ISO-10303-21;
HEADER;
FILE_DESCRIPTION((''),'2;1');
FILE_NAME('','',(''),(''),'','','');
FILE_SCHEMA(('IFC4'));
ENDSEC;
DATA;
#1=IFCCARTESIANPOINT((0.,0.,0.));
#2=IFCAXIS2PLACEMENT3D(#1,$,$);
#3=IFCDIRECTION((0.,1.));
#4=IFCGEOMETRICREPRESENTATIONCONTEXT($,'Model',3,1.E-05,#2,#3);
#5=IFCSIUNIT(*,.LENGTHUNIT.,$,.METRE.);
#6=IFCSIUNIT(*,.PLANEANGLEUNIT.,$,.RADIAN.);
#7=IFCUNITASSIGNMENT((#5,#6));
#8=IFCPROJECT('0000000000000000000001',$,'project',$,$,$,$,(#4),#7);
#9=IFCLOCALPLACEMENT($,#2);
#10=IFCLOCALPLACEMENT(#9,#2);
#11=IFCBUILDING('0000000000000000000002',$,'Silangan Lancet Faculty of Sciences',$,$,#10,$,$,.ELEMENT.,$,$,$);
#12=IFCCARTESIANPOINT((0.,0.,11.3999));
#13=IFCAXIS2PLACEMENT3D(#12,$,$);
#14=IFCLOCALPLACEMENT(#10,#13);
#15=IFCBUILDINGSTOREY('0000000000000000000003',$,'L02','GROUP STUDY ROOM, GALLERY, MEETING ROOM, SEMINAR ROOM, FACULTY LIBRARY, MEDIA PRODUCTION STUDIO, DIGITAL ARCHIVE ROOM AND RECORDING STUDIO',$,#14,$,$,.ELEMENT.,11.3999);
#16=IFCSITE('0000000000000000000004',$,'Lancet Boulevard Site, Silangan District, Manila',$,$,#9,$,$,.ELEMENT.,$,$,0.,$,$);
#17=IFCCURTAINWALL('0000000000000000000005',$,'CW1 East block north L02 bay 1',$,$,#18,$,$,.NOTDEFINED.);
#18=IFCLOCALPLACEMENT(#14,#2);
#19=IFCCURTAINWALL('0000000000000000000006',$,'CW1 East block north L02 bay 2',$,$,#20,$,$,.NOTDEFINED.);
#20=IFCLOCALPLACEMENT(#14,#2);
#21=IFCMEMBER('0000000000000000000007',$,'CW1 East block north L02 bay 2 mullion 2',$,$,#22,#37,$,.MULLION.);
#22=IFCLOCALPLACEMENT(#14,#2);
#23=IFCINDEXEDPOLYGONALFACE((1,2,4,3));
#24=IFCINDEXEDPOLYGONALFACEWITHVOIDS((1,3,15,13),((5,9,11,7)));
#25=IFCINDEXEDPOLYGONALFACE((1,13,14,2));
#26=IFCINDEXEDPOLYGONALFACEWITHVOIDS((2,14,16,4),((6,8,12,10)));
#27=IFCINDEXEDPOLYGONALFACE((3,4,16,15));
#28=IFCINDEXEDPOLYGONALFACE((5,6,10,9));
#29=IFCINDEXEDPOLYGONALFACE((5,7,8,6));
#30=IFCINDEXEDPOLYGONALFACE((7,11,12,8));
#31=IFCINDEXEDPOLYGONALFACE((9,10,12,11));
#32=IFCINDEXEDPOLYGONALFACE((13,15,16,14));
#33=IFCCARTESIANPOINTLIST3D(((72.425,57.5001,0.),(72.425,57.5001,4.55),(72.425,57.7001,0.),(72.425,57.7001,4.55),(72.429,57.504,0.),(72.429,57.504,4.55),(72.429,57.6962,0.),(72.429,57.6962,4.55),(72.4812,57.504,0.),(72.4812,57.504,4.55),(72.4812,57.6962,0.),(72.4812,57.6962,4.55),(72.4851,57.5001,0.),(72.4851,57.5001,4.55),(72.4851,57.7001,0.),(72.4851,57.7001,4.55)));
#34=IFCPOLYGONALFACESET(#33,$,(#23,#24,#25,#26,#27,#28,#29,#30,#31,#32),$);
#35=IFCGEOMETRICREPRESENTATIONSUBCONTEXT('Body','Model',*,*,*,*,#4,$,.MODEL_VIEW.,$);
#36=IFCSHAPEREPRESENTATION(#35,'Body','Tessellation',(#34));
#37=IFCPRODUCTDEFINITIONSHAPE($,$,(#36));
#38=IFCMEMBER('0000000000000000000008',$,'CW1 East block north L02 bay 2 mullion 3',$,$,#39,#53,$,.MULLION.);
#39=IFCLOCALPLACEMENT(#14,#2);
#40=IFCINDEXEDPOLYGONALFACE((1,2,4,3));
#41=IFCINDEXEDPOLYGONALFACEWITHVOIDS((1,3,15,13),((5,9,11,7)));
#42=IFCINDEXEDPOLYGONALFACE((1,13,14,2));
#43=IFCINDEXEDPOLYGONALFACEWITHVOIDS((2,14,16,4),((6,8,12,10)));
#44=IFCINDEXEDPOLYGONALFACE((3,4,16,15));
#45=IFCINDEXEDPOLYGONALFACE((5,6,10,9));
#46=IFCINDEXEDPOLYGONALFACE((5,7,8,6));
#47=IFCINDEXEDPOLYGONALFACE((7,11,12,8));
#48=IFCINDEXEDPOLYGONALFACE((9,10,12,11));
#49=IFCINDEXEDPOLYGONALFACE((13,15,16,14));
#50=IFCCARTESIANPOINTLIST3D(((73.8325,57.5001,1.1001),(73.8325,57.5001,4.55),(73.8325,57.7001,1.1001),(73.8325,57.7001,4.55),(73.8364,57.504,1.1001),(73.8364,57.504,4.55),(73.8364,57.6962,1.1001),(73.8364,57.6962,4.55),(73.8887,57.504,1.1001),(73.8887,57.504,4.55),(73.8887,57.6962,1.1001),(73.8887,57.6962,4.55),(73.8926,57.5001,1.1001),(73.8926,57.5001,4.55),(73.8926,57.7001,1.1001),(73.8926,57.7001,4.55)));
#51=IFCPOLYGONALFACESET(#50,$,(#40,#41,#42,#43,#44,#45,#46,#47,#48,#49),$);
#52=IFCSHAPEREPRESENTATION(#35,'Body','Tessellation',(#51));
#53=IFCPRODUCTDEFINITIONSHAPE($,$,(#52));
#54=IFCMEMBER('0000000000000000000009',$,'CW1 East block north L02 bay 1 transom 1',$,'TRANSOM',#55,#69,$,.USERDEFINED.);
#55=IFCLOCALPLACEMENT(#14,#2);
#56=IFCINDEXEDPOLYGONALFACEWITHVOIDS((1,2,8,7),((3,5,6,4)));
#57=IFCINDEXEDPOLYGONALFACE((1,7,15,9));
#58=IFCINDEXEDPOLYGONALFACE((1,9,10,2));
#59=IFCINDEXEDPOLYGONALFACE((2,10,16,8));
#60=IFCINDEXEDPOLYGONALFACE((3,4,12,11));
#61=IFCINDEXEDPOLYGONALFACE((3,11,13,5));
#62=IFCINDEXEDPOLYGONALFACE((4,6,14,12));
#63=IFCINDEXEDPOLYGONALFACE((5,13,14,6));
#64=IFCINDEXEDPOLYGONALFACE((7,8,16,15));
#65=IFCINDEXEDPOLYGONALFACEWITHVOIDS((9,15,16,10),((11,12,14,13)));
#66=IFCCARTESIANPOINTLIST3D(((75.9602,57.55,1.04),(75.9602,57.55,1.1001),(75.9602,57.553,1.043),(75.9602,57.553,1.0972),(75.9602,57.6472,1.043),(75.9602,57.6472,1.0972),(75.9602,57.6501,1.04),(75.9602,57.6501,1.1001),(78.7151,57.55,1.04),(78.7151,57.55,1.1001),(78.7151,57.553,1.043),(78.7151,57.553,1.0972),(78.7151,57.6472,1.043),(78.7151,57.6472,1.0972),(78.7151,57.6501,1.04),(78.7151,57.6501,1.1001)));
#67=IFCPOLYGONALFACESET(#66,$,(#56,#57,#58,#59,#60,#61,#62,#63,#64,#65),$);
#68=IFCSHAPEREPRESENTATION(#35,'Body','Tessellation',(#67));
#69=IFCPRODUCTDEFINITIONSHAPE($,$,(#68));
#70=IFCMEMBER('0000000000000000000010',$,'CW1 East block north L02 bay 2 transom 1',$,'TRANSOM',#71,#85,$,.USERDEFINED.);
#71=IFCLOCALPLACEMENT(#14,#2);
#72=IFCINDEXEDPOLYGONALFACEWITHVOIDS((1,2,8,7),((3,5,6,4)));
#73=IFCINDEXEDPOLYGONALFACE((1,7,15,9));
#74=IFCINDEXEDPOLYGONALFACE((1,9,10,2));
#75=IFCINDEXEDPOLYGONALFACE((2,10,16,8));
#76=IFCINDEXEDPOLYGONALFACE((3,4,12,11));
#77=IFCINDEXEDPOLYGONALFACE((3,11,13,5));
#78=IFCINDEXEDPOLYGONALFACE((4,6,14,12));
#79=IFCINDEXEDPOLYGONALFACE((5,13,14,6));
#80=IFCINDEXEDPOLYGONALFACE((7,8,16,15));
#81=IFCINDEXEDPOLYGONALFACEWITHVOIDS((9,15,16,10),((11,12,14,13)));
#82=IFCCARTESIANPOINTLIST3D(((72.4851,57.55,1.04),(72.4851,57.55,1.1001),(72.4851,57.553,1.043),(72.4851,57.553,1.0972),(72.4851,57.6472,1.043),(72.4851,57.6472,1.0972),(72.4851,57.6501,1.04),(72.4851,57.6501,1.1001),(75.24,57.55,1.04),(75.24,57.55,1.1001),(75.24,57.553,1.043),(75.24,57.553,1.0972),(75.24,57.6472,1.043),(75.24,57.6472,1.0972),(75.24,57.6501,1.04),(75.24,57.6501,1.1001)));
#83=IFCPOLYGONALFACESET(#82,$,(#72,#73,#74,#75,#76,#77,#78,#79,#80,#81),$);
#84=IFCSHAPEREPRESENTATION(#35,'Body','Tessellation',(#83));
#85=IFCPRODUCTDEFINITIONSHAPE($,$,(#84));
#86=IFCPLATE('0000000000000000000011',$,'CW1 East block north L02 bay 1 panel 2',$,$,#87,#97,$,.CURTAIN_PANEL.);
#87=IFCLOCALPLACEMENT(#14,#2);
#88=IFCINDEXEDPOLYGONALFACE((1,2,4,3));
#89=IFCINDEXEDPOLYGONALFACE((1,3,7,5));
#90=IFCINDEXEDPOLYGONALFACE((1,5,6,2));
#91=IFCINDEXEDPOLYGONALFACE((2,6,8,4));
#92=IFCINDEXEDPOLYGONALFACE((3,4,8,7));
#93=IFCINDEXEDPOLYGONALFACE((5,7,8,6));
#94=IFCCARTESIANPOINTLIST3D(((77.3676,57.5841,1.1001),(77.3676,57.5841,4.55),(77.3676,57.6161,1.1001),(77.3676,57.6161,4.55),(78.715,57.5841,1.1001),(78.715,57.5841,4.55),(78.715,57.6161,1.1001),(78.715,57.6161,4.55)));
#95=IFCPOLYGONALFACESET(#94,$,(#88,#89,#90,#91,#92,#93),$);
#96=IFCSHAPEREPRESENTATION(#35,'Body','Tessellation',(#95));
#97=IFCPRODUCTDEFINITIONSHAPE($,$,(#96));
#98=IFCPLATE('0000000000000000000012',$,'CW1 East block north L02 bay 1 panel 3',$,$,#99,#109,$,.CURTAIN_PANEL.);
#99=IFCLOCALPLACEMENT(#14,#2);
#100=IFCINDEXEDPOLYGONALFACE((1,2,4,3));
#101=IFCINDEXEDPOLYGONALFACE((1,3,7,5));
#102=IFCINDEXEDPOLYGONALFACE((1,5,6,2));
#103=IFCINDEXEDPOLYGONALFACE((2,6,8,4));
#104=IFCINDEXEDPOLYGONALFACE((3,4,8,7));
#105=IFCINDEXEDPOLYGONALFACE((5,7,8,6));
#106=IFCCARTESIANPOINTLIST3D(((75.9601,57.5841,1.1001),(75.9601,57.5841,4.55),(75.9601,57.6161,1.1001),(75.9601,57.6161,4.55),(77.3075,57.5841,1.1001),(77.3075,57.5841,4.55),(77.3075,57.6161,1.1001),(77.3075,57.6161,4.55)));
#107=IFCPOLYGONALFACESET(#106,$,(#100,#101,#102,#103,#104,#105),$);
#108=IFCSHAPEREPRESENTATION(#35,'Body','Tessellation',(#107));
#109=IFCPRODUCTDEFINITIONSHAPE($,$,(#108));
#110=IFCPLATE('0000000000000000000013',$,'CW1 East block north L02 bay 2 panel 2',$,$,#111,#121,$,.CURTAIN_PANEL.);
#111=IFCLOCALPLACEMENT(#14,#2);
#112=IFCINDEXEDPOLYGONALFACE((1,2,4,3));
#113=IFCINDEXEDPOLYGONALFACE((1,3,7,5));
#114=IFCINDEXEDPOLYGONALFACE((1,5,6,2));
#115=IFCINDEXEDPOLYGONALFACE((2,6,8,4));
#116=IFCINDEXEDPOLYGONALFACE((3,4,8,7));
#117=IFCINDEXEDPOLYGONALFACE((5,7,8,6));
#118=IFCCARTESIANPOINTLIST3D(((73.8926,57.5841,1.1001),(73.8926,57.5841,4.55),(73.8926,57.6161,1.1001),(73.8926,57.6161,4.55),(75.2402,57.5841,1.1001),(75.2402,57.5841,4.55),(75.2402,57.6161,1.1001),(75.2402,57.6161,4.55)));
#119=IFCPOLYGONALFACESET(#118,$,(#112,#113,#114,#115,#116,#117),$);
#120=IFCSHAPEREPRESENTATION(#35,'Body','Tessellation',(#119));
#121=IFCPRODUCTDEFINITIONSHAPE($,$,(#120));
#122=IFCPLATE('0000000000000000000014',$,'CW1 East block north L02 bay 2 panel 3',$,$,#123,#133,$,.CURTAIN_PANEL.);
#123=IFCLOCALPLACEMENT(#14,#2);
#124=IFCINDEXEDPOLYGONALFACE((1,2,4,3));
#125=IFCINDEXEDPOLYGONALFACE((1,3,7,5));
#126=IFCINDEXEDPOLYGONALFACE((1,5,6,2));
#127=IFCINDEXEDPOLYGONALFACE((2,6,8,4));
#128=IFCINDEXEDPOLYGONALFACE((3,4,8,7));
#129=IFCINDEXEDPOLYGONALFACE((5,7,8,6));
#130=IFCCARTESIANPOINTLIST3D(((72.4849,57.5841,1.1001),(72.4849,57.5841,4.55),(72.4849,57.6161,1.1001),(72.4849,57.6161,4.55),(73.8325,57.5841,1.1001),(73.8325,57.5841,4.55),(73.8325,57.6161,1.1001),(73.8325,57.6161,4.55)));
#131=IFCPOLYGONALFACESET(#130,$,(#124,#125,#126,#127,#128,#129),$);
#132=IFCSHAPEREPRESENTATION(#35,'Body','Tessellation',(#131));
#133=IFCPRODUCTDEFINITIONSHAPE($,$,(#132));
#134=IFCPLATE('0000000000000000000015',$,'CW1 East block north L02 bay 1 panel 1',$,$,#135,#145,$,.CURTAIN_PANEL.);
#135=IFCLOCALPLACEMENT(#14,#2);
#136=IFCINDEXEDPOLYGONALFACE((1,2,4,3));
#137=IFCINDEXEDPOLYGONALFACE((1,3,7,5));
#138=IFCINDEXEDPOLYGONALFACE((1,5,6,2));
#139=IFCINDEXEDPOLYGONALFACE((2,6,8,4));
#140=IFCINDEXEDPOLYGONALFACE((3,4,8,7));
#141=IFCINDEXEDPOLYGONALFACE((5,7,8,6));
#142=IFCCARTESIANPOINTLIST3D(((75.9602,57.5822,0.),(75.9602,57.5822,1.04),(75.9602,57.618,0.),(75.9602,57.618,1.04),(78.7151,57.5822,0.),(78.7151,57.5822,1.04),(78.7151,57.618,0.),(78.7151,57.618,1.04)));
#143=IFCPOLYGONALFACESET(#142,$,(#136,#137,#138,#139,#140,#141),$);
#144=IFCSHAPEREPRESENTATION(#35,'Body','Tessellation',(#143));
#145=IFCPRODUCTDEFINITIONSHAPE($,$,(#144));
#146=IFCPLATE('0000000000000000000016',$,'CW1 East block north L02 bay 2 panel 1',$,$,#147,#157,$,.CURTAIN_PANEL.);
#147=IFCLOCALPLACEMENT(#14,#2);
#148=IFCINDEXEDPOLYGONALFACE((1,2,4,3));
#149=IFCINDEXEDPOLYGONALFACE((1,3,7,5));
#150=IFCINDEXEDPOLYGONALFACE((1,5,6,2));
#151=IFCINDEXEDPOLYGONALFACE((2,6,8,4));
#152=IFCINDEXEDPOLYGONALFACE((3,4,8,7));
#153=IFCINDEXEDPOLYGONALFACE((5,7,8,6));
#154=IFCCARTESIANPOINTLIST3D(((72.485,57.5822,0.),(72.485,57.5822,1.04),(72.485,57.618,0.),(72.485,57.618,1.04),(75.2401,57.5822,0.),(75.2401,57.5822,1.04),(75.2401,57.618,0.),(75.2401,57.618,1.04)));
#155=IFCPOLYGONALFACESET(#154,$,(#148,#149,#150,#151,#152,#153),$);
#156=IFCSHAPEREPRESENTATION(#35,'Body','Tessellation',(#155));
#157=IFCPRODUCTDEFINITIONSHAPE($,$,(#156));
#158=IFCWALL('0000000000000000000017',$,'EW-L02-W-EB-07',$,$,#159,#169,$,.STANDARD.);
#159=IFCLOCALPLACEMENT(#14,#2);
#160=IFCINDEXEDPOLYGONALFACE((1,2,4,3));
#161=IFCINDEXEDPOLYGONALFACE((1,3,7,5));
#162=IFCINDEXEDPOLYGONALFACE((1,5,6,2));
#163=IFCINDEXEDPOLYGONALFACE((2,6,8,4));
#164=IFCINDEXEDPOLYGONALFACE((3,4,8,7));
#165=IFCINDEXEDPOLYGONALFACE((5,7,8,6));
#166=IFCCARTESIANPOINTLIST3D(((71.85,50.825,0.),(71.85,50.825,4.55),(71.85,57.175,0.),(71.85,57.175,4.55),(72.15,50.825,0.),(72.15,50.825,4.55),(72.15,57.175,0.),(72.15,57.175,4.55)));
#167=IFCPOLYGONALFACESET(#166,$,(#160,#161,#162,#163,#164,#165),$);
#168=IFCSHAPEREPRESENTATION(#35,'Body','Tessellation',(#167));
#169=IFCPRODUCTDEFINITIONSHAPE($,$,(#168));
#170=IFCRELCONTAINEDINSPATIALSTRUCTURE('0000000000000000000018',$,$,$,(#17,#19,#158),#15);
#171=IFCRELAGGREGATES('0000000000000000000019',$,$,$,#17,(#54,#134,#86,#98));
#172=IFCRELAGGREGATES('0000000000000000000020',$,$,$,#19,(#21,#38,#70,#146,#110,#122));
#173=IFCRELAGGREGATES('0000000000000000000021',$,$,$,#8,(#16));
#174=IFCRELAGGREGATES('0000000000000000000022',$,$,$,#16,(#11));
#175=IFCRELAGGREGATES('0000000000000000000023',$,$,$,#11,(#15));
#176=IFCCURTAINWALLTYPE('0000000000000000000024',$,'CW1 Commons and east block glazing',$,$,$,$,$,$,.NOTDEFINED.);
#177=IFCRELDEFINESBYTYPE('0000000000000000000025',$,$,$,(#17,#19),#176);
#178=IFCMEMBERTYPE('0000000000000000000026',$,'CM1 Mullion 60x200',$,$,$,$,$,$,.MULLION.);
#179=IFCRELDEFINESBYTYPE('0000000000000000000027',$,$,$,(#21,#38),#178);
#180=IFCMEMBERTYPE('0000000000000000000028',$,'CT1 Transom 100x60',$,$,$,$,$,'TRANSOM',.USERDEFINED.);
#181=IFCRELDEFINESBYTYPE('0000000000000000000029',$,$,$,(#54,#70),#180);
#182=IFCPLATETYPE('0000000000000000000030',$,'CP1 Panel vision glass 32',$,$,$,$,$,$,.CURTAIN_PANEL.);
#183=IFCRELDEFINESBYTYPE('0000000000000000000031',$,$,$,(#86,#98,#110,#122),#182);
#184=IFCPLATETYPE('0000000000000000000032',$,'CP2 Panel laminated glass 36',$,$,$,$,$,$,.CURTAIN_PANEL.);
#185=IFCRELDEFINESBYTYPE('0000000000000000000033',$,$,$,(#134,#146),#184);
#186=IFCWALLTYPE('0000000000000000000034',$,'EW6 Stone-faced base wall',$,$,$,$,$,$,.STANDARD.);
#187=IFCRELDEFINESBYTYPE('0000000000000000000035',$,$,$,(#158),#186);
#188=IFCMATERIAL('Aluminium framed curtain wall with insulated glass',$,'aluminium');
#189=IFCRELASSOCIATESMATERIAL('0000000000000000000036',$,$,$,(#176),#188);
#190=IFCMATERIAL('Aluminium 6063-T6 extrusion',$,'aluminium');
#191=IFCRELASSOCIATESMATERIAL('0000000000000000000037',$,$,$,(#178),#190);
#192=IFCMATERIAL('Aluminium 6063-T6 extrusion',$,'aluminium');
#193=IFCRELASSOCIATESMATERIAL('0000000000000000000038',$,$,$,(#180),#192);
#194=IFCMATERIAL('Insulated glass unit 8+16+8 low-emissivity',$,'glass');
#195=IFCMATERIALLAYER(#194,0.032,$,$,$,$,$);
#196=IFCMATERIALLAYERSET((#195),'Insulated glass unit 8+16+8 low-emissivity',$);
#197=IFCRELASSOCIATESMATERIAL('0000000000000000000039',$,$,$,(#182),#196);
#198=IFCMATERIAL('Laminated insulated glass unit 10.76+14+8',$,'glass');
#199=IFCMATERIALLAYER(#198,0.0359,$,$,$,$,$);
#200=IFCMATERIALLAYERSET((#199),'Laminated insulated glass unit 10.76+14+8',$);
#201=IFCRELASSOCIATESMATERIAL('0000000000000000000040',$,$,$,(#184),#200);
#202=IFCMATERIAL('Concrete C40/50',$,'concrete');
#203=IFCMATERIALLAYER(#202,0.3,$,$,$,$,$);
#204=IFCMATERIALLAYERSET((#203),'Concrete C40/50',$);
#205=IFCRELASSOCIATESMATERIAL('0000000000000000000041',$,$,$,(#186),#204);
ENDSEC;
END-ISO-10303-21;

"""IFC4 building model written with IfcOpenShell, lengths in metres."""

from ifc_helpers import new_model, si_unit, direction, frame, frame_2d, origin, origin_2d, place, context, subcontext, project, spatial, rectangle, hollow_rectangle, extrude, material, layer, layer_set, material_profile, profile_set, type_object, element, aggregate, save


model = new_model("IFC4")

# Units and contexts
model_context = context("Model", 3, precision=1e-05, world=origin(), true_north=direction((0.0, 1.0)))
body_context = subcontext(model_context, "Body", "Model", "MODEL_VIEW")
ifc_project = project(units=[si_unit("LENGTHUNIT", "METRE"), si_unit("PLANEANGLEUNIT", "RADIAN")], contexts=[model_context])

# Site, building, storey
site_placement = place(None, origin())
site = spatial("IfcSite", under=ifc_project, at=site_placement, Name="Lancet Boulevard Site, Silangan District, Manila", CompositionType="ELEMENT", RefElevation=0.0)
building_placement = place(site_placement, origin())
building = spatial("IfcBuilding", under=site, at=building_placement, Name="Silangan Lancet Faculty of Sciences", CompositionType="ELEMENT")
storey_placement = place(building_placement, frame((0.0, 0.0, 11.3999)))
storey = spatial("IfcBuildingStorey", under=building, at=storey_placement, Name="L02", Description="GROUP STUDY ROOM, GALLERY, MEETING ROOM, SEMINAR ROOM, FACULTY LIBRARY, MEDIA PRODUCTION STUDIO, DIGITAL ARCHIVE ROOM AND RECORDING STUDIO", CompositionType="ELEMENT", Elevation=11.3999)

# Curtain walls, members
ifc_material_1 = material(Name="Aluminium framed curtain wall with insulated glass", Category="aluminium")
curtain_wall_type = type_object("IfcCurtainWallType", Name="CW1 Commons and east block glazing", PredefinedType="NOTDEFINED", material=ifc_material_1)
curtain_wall_1_placement = place(storey_placement, origin())
curtain_wall_1 = element("IfcCurtainWall", 1, at=curtain_wall_1_placement, inside=storey, type_object=curtain_wall_type, Name="CW1 East block north L02 bay 1", PredefinedType="NOTDEFINED")
ifc_material_2 = material(Name="Aluminium 6063-T6 extrusion", Category="aluminium")
ifc_material_profile_1 = material_profile(ifc_material_2, hollow_rectangle(XDim=0.0601, YDim=0.2, WallThickness=0.0039, at=origin_2d()), Name="AL BOX 60x200x4")
ifc_profile_set_1 = profile_set([ifc_material_profile_1], Name="Aluminium 6063-T6 extrusion")
member_type_1 = type_object("IfcMemberType", Name="CM1 Mullion 60x200", PredefinedType="MULLION", material=ifc_profile_set_1)
curtain_wall_2_placement = place(storey_placement, origin())
curtain_wall_2 = element("IfcCurtainWall", 2, at=curtain_wall_2_placement, inside=storey, type_object=curtain_wall_type, Name="CW1 East block north L02 bay 2", PredefinedType="NOTDEFINED")
member_1_placement = place(storey_placement, frame((72.4551, 57.6001, 0.0), z_axis=(0.0, 0.0, 1.0), x_axis=(-1.0, 0.0, 0.0)))
member_1 = element("IfcMember", 3, at=member_1_placement, type_object=member_type_1, Name="CW1 East block north L02 bay 2 mullion 2", PredefinedType="MULLION", context=body_context, shape_type="SweptSolid", body=[
    extrude(hollow_rectangle(XDim=0.0601, YDim=0.2, WallThickness=0.0039, at=origin_2d()), origin(), (0.0, 0.0, 1.0), 4.55),
])
member_2_placement = place(storey_placement, frame((73.8625, 57.6001, 1.1001), z_axis=(0.0, 0.0, 1.0), x_axis=(-1.0, 0.0, 0.0)))
member_2 = element("IfcMember", 4, at=member_2_placement, type_object=member_type_1, Name="CW1 East block north L02 bay 2 mullion 3", PredefinedType="MULLION", context=body_context, shape_type="SweptSolid", body=[
    extrude(hollow_rectangle(XDim=0.0601, YDim=0.2, WallThickness=0.0039, at=origin_2d()), origin(), (0.0, 0.0, 1.0), 3.45),
])

# Members
ifc_material_3 = material(Name="Aluminium 6063-T6 extrusion", Category="aluminium")
ifc_material_profile_2 = material_profile(ifc_material_3, hollow_rectangle(XDim=0.1001, YDim=0.0601, WallThickness=0.0029, at=origin_2d()), Name="AL BOX 100x60x3")
ifc_profile_set_2 = profile_set([ifc_material_profile_2], Name="Aluminium 6063-T6 extrusion")
member_type_2 = type_object("IfcMemberType", Name="CT1 Transom 100x60", ElementType="TRANSOM", PredefinedType="USERDEFINED", material=ifc_profile_set_2)
member_3_placement = place(storey_placement, frame((78.7151, 57.6001, 1.0701), z_axis=(-1.0, 0.0, 0.0), x_axis=(0.0, -1.0, 0.0)))
member_3 = element("IfcMember", 5, at=member_3_placement, type_object=member_type_2, Name="CW1 East block north L02 bay 1 transom 1", ObjectType="TRANSOM", PredefinedType="USERDEFINED", context=body_context, shape_type="SweptSolid", body=[
    extrude(hollow_rectangle(XDim=0.1001, YDim=0.0601, WallThickness=0.0029, at=origin_2d()), origin(), (0.0, 0.0, 1.0), 2.7549),
])
member_4_placement = place(storey_placement, frame((75.24, 57.6001, 1.0701), z_axis=(-1.0, 0.0, 0.0), x_axis=(0.0, -1.0, 0.0)))
member_4 = element("IfcMember", 6, at=member_4_placement, type_object=member_type_2, Name="CW1 East block north L02 bay 2 transom 1", ObjectType="TRANSOM", PredefinedType="USERDEFINED", context=body_context, shape_type="SweptSolid", body=[
    extrude(hollow_rectangle(XDim=0.1001, YDim=0.0601, WallThickness=0.0029, at=origin_2d()), origin(), (0.0, 0.0, 1.0), 2.7549),
])

# Plates
ifc_material_4 = material(Name="Insulated glass unit 8+16+8 low-emissivity", Category="glass")
ifc_layer_1 = layer(ifc_material_4, 0.032)
ifc_layer_set_1 = layer_set([ifc_layer_1], Name="Insulated glass unit 8+16+8 low-emissivity")
plate_type_1 = type_object("IfcPlateType", Name="CP1 Panel vision glass 32", PredefinedType="CURTAIN_PANEL", material=ifc_layer_set_1)
plate_1_placement = place(storey_placement, frame((78.0413, 57.6001, 1.1001), z_axis=(0.0, 0.0, 1.0), x_axis=(-1.0, 0.0, 0.0)))
plate_1 = element("IfcPlate", 7, at=plate_1_placement, type_object=plate_type_1, Name="CW1 East block north L02 bay 1 panel 2", PredefinedType="CURTAIN_PANEL", context=body_context, shape_type="SweptSolid", body=[
    extrude(rectangle(XDim=1.3474, YDim=0.032, at=origin_2d()), origin(), (0.0, 0.0, 1.0), 3.45),
])
plate_2_placement = place(storey_placement, frame((76.6338, 57.6001, 1.1001), z_axis=(0.0, 0.0, 1.0), x_axis=(-1.0, 0.0, 0.0)))
plate_2 = element("IfcPlate", 8, at=plate_2_placement, type_object=plate_type_1, Name="CW1 East block north L02 bay 1 panel 3", PredefinedType="CURTAIN_PANEL", context=body_context, shape_type="SweptSolid", body=[
    extrude(rectangle(XDim=1.3474, YDim=0.032, at=origin_2d()), origin(), (0.0, 0.0, 1.0), 3.45),
])
plate_3_placement = place(storey_placement, frame((74.5664, 57.6001, 1.1001), z_axis=(0.0, 0.0, 1.0), x_axis=(-1.0, 0.0, 0.0)))
plate_3 = element("IfcPlate", 9, at=plate_3_placement, type_object=plate_type_1, Name="CW1 East block north L02 bay 2 panel 2", PredefinedType="CURTAIN_PANEL", context=body_context, shape_type="SweptSolid", body=[
    extrude(rectangle(XDim=1.3477, YDim=0.032, at=origin_2d()), origin(), (0.0, 0.0, 1.0), 3.45),
])
plate_4_placement = place(storey_placement, frame((73.1587, 57.6001, 1.1001), z_axis=(0.0, 0.0, 1.0), x_axis=(-1.0, 0.0, 0.0)))
plate_4 = element("IfcPlate", 10, at=plate_4_placement, type_object=plate_type_1, Name="CW1 East block north L02 bay 2 panel 3", PredefinedType="CURTAIN_PANEL", context=body_context, shape_type="SweptSolid", body=[
    extrude(rectangle(XDim=1.3477, YDim=0.032, at=origin_2d()), origin(), (0.0, 0.0, 1.0), 3.45),
])
ifc_material_5 = material(Name="Laminated insulated glass unit 10.76+14+8", Category="glass")
ifc_layer_2 = layer(ifc_material_5, 0.0359)
ifc_layer_set_2 = layer_set([ifc_layer_2], Name="Laminated insulated glass unit 10.76+14+8")
plate_type_2 = type_object("IfcPlateType", Name="CP2 Panel laminated glass 36", PredefinedType="CURTAIN_PANEL", material=ifc_layer_set_2)
plate_5_placement = place(storey_placement, frame((77.3376, 57.6001, 0.0), z_axis=(0.0, 0.0, 1.0), x_axis=(-1.0, 0.0, 0.0)))
plate_5 = element("IfcPlate", 11, at=plate_5_placement, type_object=plate_type_2, Name="CW1 East block north L02 bay 1 panel 1", PredefinedType="CURTAIN_PANEL", context=body_context, shape_type="SweptSolid", body=[
    extrude(rectangle(XDim=2.7549, YDim=0.0359, at=origin_2d()), origin(), (0.0, 0.0, 1.0), 1.04),
])
aggregate(curtain_wall_1, [member_3, plate_5, plate_1, plate_2])
plate_6_placement = place(storey_placement, frame((73.8625, 57.6001, 0.0), z_axis=(0.0, 0.0, 1.0), x_axis=(-1.0, 0.0, 0.0)))
plate_6 = element("IfcPlate", 12, at=plate_6_placement, type_object=plate_type_2, Name="CW1 East block north L02 bay 2 panel 1", PredefinedType="CURTAIN_PANEL", context=body_context, shape_type="SweptSolid", body=[
    extrude(rectangle(XDim=2.7551, YDim=0.0359, at=origin_2d()), origin(), (0.0, 0.0, 1.0), 1.04),
])
aggregate(curtain_wall_2, [member_1, member_2, member_4, plate_6, plate_3, plate_4])

# Wall
ifc_material_6 = material(Name="Concrete C40/50", Category="concrete")
ifc_layer_3 = layer(ifc_material_6, 0.3)
ifc_layer_set_3 = layer_set([ifc_layer_3], Name="Concrete C40/50")
wall_type_1 = type_object("IfcWallType", Name="EW6 Stone-faced base wall", PredefinedType="STANDARD", material=ifc_layer_set_3)
wall_1_placement = place(storey_placement, frame((72.0, 50.825, 0.0), z_axis=(0.0, 0.0, 1.0), x_axis=(0.0, 1.0, 0.0)))
element("IfcWall", 13, at=wall_1_placement, inside=storey, type_object=wall_type_1, Name="EW-L02-W-EB-07", PredefinedType="STANDARD", context=body_context, shape_type="SweptSolid", body=[
    extrude(rectangle(XDim=6.3501, YDim=0.3, at=frame_2d((3.175, 0.0))), origin(), (0.0, 0.0, 1.0), 4.55),
])

save(model, "model.ifc")
